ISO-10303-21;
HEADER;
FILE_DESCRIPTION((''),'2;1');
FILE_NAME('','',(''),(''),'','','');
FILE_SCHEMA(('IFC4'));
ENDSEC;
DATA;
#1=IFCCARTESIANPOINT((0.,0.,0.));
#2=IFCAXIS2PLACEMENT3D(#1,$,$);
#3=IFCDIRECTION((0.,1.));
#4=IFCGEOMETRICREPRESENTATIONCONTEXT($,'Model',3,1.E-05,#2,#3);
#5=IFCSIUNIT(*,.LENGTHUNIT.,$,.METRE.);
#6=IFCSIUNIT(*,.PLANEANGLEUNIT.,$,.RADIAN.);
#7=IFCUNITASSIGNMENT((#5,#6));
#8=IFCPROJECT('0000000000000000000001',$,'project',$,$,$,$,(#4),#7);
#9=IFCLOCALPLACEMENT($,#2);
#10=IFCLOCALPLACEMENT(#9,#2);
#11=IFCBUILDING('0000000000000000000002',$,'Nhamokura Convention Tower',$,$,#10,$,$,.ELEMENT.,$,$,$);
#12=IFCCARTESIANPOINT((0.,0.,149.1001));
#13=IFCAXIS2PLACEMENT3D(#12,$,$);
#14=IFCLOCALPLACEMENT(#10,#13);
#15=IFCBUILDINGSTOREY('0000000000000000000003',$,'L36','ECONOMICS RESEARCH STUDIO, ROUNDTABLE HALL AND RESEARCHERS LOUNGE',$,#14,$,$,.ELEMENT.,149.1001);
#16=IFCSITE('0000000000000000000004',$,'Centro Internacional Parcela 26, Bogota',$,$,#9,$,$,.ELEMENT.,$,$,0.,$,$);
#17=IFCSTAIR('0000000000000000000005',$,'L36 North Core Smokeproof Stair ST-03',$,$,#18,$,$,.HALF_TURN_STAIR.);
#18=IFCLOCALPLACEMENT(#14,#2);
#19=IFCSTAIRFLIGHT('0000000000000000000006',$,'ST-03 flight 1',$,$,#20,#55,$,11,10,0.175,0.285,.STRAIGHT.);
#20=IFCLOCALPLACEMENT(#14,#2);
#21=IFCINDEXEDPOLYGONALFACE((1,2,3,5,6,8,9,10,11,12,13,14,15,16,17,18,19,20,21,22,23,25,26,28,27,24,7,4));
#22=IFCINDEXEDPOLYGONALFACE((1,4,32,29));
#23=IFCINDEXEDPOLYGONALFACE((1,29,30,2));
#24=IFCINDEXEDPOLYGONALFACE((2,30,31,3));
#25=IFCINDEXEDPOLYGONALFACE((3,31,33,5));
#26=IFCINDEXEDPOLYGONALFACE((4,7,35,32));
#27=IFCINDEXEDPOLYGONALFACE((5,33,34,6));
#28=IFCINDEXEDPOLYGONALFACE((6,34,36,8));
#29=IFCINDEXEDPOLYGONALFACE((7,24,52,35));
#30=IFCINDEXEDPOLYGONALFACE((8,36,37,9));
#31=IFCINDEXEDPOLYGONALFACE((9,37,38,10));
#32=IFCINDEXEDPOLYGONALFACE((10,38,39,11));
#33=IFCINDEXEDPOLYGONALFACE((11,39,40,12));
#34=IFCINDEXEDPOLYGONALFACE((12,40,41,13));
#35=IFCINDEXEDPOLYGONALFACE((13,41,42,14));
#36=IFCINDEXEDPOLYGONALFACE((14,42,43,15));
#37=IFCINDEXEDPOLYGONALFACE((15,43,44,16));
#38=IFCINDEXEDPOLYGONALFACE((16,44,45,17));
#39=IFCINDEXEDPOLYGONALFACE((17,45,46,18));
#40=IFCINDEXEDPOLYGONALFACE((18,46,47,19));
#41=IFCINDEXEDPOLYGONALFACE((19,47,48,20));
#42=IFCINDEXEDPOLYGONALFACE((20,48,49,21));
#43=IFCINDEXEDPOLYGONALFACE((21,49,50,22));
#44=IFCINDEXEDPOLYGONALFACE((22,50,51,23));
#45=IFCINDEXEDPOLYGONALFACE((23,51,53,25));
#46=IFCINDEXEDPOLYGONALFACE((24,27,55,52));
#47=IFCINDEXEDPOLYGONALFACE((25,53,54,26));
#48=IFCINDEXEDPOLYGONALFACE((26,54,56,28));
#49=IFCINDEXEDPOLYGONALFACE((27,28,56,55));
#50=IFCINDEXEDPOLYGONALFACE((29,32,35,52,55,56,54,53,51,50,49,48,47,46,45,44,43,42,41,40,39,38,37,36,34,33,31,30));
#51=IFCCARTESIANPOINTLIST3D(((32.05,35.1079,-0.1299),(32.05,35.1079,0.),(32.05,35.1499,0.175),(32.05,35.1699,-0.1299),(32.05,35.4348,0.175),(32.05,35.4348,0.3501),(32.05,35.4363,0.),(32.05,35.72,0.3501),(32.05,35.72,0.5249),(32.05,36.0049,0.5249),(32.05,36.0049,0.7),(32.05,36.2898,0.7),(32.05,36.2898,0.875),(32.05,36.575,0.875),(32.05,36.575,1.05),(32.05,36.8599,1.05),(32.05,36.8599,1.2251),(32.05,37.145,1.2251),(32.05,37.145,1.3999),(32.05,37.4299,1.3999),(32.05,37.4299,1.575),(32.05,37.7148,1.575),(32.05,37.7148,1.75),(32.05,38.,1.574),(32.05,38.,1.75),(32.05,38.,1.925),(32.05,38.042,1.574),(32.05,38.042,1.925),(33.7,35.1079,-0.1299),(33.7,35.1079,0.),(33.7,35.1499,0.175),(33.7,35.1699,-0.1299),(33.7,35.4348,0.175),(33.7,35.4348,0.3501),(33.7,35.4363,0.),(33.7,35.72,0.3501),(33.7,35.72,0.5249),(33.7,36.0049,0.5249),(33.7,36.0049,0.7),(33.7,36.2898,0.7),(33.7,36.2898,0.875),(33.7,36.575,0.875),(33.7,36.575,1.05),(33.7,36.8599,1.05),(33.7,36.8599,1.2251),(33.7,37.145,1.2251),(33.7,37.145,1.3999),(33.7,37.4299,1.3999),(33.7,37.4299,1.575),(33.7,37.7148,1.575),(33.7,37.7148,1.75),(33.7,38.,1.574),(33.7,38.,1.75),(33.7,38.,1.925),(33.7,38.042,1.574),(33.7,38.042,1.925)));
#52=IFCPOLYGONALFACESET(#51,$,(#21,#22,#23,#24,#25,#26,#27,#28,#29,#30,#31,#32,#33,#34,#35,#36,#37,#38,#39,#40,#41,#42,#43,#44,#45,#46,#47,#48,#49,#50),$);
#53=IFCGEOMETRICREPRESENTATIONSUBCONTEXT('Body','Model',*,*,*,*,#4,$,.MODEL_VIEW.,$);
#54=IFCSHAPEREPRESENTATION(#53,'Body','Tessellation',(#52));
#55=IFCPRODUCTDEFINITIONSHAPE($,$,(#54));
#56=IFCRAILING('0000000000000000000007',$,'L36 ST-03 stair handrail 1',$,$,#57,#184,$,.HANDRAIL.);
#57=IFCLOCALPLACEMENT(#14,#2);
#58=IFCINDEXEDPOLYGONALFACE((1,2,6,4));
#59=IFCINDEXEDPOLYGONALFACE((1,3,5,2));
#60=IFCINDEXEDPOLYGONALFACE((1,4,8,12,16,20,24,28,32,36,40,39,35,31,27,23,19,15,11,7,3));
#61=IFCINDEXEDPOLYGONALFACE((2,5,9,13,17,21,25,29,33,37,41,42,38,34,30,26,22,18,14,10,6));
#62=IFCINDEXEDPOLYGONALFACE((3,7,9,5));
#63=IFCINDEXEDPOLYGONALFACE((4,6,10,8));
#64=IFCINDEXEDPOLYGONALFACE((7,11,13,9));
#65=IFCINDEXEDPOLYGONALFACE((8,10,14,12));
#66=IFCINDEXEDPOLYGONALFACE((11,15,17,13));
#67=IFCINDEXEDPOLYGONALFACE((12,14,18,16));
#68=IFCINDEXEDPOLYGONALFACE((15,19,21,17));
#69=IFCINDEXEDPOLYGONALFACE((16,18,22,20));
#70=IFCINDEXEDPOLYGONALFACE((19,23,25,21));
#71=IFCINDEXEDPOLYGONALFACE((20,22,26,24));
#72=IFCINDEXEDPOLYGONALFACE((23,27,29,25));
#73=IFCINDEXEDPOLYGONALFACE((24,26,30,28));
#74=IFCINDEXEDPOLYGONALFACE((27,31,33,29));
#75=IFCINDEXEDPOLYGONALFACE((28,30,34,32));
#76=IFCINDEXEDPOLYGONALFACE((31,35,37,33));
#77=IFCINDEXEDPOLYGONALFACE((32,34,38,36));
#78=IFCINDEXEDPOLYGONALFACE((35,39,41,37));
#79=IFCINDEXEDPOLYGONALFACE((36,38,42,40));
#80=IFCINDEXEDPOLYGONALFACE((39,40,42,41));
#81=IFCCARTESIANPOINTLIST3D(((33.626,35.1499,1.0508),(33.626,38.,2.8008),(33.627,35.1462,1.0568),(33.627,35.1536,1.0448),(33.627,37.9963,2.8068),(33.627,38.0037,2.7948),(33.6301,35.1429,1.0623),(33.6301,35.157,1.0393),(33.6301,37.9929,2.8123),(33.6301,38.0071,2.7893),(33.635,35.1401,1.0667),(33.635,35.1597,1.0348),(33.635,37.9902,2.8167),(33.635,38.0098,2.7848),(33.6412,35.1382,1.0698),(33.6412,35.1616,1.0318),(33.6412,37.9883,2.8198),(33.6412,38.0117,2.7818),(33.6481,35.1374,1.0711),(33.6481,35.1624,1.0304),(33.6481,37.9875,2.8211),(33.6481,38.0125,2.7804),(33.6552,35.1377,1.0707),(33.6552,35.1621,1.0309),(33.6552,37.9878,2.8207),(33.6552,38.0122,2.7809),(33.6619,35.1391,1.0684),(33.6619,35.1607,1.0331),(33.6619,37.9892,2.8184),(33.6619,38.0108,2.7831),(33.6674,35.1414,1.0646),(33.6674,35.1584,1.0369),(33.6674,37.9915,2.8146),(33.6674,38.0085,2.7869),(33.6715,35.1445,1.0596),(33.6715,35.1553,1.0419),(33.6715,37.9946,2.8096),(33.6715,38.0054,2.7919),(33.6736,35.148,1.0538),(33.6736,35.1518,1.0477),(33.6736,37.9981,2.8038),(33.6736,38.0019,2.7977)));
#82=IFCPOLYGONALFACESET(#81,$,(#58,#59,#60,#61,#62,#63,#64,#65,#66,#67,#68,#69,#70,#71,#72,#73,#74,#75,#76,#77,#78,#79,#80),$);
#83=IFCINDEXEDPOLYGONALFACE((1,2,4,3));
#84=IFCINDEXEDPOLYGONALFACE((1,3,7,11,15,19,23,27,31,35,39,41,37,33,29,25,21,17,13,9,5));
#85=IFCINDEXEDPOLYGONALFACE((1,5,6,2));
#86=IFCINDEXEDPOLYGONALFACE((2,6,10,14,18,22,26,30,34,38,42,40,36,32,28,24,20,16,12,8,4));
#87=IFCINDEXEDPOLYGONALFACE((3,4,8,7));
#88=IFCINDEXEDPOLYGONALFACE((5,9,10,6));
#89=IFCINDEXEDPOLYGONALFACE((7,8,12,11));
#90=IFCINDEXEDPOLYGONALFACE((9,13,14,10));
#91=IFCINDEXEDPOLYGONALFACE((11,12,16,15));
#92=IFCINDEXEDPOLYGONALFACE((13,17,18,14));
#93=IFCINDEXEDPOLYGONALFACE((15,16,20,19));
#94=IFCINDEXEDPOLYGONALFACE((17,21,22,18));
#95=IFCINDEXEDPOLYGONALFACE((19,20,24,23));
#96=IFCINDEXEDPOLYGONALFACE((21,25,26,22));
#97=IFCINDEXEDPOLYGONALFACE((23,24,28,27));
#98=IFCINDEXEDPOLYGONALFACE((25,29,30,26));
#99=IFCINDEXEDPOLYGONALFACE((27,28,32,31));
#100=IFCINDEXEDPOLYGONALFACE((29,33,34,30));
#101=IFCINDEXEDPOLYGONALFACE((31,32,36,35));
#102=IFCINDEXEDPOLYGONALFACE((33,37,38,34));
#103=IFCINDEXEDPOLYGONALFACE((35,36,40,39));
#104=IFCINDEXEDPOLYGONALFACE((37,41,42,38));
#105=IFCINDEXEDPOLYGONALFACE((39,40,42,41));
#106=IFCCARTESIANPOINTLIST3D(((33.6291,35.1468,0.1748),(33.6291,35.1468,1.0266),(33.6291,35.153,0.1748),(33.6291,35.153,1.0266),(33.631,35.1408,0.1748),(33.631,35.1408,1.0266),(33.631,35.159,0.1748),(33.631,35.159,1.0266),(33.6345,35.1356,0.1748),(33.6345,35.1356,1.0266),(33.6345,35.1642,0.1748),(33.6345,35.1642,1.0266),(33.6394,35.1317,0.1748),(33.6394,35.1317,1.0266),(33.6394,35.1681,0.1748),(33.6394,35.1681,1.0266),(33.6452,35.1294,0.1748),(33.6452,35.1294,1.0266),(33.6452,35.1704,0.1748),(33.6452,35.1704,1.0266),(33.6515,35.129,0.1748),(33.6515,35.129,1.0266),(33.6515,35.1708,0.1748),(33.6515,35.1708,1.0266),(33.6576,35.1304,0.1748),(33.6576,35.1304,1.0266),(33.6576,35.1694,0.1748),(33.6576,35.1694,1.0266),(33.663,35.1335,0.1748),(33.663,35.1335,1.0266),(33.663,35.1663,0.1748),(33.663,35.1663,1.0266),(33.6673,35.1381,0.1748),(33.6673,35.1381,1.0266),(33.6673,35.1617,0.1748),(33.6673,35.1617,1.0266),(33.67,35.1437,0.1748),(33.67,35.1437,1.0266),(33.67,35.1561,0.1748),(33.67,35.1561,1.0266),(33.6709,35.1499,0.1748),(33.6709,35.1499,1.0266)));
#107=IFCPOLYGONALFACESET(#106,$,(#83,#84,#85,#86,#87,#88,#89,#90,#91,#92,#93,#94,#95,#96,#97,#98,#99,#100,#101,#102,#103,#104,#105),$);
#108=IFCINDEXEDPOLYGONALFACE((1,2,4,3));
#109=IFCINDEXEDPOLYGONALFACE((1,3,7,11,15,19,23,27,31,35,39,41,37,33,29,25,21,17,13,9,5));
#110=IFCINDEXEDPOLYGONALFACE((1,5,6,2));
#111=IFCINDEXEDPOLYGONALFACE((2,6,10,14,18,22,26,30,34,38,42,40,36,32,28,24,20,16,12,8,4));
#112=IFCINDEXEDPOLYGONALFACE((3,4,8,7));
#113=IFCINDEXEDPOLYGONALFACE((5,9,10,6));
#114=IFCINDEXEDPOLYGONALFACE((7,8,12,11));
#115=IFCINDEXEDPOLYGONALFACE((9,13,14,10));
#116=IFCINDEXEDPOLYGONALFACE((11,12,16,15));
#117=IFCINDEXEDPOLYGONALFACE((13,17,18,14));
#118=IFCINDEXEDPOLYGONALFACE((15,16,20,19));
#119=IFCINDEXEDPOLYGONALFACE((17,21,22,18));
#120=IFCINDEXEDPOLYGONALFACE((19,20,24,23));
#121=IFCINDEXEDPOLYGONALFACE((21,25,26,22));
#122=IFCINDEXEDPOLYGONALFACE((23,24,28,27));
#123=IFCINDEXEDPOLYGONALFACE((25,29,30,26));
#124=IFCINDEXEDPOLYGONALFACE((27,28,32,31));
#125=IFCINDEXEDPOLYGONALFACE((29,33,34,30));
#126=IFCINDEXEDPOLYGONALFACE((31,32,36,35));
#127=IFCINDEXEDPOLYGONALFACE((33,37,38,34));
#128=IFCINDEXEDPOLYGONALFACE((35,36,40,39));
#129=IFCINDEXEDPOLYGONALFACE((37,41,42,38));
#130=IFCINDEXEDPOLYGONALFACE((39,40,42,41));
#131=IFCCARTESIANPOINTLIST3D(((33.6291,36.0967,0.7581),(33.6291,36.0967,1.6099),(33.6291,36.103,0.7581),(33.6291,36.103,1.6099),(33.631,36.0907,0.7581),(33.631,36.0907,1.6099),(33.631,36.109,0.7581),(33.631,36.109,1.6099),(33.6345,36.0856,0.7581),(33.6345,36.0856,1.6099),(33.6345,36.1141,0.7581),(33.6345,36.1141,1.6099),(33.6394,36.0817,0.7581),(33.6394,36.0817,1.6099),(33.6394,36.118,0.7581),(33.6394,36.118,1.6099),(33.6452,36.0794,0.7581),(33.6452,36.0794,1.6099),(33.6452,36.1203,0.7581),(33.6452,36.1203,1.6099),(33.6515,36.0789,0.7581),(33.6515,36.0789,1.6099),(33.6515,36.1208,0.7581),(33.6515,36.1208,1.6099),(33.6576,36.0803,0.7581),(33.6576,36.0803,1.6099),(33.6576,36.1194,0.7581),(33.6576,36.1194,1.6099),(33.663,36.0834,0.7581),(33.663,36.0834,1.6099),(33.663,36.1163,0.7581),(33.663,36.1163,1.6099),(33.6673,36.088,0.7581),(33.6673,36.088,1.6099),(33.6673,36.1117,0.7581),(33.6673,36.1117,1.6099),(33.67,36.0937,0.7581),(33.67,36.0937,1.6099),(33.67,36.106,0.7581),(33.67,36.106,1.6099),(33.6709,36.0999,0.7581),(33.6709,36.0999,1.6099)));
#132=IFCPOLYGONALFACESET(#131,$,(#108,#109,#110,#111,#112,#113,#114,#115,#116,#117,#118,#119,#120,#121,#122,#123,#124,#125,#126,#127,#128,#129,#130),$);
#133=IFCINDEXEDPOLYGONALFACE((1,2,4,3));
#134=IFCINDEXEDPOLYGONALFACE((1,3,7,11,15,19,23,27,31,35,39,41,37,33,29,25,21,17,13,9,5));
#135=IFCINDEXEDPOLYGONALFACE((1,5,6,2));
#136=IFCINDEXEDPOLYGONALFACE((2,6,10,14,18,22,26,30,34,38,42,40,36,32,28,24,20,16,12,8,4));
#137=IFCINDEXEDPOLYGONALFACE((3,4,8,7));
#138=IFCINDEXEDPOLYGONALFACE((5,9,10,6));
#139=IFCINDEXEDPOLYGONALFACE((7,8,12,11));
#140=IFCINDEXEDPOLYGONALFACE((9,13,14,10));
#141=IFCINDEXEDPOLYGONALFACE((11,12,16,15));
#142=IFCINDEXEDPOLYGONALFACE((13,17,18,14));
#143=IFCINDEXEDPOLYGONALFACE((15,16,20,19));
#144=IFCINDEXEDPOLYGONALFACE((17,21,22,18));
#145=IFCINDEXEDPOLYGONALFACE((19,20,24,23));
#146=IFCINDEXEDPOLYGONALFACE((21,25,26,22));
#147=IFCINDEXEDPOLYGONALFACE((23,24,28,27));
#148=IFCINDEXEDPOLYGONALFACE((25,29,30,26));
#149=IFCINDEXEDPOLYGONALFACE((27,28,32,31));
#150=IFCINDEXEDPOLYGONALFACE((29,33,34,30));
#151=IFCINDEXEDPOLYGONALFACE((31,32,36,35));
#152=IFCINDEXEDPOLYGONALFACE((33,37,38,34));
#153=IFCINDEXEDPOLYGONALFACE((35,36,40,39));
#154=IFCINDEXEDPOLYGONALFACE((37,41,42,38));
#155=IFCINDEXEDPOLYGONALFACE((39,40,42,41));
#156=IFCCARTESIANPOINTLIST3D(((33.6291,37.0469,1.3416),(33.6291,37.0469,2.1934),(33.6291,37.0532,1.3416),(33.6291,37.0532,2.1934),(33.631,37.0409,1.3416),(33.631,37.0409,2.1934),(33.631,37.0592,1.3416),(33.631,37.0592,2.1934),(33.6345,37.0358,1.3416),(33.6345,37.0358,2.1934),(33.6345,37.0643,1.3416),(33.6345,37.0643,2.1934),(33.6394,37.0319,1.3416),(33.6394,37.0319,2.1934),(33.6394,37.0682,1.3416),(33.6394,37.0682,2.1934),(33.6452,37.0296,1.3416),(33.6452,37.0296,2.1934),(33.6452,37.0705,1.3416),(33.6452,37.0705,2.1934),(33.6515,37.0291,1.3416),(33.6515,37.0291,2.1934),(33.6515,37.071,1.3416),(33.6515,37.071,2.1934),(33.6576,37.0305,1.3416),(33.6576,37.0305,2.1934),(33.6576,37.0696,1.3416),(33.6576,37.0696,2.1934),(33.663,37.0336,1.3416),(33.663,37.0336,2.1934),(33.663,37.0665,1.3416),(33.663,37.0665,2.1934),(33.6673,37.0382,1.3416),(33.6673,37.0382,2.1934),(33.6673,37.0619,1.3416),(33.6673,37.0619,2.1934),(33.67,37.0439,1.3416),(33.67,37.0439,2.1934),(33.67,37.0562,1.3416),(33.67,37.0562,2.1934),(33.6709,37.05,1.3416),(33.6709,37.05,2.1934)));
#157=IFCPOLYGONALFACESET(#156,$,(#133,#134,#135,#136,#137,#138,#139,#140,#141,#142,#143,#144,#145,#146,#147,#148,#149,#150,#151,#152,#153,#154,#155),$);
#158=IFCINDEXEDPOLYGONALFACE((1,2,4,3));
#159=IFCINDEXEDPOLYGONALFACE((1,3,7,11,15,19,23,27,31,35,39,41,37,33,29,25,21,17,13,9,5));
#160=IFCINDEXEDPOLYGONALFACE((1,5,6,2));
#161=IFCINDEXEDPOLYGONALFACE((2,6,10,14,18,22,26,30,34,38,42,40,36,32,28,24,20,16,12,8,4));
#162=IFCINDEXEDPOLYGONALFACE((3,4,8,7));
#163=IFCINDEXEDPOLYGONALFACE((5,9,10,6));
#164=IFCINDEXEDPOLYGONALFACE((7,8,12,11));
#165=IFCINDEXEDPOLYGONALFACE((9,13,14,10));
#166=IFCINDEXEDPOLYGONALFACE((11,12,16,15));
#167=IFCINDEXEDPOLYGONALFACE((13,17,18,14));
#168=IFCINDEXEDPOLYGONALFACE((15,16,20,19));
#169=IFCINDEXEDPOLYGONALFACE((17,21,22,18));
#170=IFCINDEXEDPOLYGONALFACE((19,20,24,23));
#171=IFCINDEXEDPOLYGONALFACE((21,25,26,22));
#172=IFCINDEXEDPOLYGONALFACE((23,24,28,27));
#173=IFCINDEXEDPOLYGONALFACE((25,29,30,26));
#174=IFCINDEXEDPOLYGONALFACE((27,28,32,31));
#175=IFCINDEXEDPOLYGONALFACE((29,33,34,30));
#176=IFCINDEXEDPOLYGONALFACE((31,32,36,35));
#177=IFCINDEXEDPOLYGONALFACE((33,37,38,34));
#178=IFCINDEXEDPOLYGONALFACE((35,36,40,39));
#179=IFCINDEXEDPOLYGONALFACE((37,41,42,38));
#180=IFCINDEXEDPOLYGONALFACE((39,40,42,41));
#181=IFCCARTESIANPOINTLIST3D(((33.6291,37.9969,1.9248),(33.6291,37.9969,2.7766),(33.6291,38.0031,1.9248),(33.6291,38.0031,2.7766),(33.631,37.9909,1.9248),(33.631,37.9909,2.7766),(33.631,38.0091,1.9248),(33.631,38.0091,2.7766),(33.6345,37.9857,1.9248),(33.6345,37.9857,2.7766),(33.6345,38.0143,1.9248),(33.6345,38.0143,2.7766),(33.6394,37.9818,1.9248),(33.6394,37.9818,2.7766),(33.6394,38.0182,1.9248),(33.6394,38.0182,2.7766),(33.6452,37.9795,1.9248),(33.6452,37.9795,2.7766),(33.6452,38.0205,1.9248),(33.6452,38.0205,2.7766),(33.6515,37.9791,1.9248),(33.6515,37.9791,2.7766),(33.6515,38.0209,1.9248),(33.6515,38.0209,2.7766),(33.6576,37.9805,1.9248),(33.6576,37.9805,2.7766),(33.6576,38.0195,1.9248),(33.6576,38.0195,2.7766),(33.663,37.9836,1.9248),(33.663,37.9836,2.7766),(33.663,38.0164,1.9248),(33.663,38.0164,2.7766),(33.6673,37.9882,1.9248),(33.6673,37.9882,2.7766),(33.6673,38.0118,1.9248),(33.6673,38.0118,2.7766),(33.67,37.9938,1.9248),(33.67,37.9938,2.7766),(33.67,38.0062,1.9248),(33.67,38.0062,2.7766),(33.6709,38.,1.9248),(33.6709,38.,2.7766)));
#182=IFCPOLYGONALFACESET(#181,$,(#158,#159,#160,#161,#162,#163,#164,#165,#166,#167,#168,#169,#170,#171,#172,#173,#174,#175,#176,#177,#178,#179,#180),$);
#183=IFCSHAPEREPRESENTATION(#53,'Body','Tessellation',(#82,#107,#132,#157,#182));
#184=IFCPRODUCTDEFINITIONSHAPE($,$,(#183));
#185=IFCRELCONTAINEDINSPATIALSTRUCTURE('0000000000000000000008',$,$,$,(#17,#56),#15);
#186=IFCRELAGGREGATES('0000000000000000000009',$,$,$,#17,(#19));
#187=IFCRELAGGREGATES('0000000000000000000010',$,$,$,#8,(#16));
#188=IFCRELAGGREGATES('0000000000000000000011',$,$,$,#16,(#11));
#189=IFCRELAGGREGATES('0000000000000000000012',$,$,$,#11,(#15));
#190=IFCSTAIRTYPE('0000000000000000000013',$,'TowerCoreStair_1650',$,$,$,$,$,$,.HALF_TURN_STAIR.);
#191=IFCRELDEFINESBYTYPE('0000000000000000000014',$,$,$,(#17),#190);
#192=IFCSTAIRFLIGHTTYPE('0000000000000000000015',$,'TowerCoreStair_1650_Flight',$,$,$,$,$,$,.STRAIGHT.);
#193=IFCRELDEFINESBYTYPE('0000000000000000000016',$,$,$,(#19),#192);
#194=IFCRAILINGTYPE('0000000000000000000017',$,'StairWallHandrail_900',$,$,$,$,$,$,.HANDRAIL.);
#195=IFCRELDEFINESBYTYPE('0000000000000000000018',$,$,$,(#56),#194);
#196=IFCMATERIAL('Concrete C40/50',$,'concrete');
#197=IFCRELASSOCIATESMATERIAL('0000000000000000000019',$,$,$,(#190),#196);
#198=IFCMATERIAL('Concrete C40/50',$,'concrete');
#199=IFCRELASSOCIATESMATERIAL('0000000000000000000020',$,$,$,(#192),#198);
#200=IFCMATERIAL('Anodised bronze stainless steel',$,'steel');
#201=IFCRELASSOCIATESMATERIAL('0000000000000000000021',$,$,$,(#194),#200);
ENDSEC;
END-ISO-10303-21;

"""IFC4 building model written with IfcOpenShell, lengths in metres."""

from ifc_helpers import new_model, si_unit, direction, frame, origin, origin_2d, place, context, subcontext, project, spatial, polyline, circle, outline, extrude, material, type_object, element, aggregate, save


model = new_model("IFC4")

# Units and contexts
model_context = context("Model", 3, precision=1e-05, world=origin(), true_north=direction((0.0, 1.0)))
body_context = subcontext(model_context, "Body", "Model", "MODEL_VIEW")
ifc_project = project(units=[si_unit("LENGTHUNIT", "METRE"), si_unit("PLANEANGLEUNIT", "RADIAN")], contexts=[model_context])

# Site, building, storey
site_placement = place(None, origin())
site = spatial("IfcSite", under=ifc_project, at=site_placement, Name="Centro Internacional Parcela 26, Bogota", CompositionType="ELEMENT", RefElevation=0.0)
building_placement = place(site_placement, origin())
building = spatial("IfcBuilding", under=site, at=building_placement, Name="Nhamokura Convention Tower", CompositionType="ELEMENT")
storey_placement = place(building_placement, frame((0.0, 0.0, 149.1001)))
storey = spatial("IfcBuildingStorey", under=building, at=storey_placement, Name="L36", Description="ECONOMICS RESEARCH STUDIO, ROUNDTABLE HALL AND RESEARCHERS LOUNGE", CompositionType="ELEMENT", Elevation=149.1001)

# Stair, stair flight
ifc_material_1 = material(Name="Concrete C40/50", Category="concrete")
stair_type = type_object("IfcStairType", Name="TowerCoreStair_1650", PredefinedType="HALF_TURN_STAIR", material=ifc_material_1)
stair_placement = place(storey_placement, origin())
stair = element("IfcStair", 1, at=stair_placement, inside=storey, type_object=stair_type, Name="L36 North Core Smokeproof Stair ST-03", PredefinedType="HALF_TURN_STAIR")
ifc_material_2 = material(Name="Concrete C40/50", Category="concrete")
stair_flight_type = type_object("IfcStairFlightType", Name="TowerCoreStair_1650_Flight", PredefinedType="STRAIGHT", material=ifc_material_2)
stair_flight_placement = place(storey_placement, frame((32.875, 35.1499, 0.0), z_axis=(0.0, 0.0, 1.0), x_axis=(0.0, 1.0, 0.0)))
stair_flight = element("IfcStairFlight", 2, at=stair_flight_placement, type_object=stair_flight_type, Name="ST-03 flight 1", NumberOfRisers=11, NumberOfTreads=10, PredefinedType="STRAIGHT", RiserHeight=0.175, TreadLength=0.285, context=body_context, shape_type="SweptSolid", body=[
    extrude(outline(polyline([(-0.042, 0.0), (0.0, 0.175), (0.2849, 0.175), (0.2849, 0.3501), (0.5701, 0.3501), (0.5701, 0.5249), (0.855, 0.5249), (0.855, 0.7), (1.1399, 0.7), (1.1399, 0.875), (1.425, 0.875), (1.425, 1.05), (1.71, 1.05), (1.71, 1.2251), (1.9951, 1.2251), (1.9951, 1.3999), (2.28, 1.3999), (2.28, 1.575), (2.5649, 1.575), (2.5649, 1.75), (2.8501, 1.75), (2.8501, 1.925), (2.8921, 1.925), (2.8921, 1.574), (2.8501, 1.574), (0.2864, 0.0), (0.02, -0.1299), (-0.042, -0.1299), (-0.042, 0.0)])), frame((0.0, 0.825, 0.0), z_axis=(0.0, -1.0, 0.0), x_axis=(1.0, 0.0, 0.0)), (0.0, 0.0, 1.0), 1.6499),
])
aggregate(stair, [stair_flight])

# Railing
ifc_material_3 = material(Name="Anodised bronze stainless steel", Category="steel")
railing_type_1 = type_object("IfcRailingType", Name="StairWallHandrail_900", PredefinedType="HANDRAIL", material=ifc_material_3)
railing_1_placement = place(storey_placement, frame((33.6499, 35.1499, 0.1748)))
element("IfcRailing", 3, at=railing_1_placement, inside=storey, type_object=railing_type_1, Name="L36 ST-03 stair handrail 1", PredefinedType="HANDRAIL", context=body_context, shape_type="SweptSolid", body=[
    extrude(circle(Radius=0.0239, at=origin_2d()), frame((0.0, 0.0, 0.876), z_axis=(0.0, 0.852179, 0.52325), x_axis=(-1.0, 0.0, 0.0)), (0.0, 0.0, 1.0), 3.3445),
    extrude(circle(Radius=0.021, at=origin_2d()), origin(), (0.0, 0.0, 1.0), 0.8518),
    extrude(circle(Radius=0.021, at=origin_2d()), frame((0.0, 0.95, 0.5833)), (0.0, 0.0, 1.0), 0.8518),
    extrude(circle(Radius=0.021, at=origin_2d()), frame((0.0, 1.9001, 1.1667)), (0.0, 0.0, 1.0), 0.8518),
    extrude(circle(Radius=0.021, at=origin_2d()), frame((0.0, 2.8501, 1.75)), (0.0, 0.0, 1.0), 0.8518),
])

save(model, "model.ifc")
